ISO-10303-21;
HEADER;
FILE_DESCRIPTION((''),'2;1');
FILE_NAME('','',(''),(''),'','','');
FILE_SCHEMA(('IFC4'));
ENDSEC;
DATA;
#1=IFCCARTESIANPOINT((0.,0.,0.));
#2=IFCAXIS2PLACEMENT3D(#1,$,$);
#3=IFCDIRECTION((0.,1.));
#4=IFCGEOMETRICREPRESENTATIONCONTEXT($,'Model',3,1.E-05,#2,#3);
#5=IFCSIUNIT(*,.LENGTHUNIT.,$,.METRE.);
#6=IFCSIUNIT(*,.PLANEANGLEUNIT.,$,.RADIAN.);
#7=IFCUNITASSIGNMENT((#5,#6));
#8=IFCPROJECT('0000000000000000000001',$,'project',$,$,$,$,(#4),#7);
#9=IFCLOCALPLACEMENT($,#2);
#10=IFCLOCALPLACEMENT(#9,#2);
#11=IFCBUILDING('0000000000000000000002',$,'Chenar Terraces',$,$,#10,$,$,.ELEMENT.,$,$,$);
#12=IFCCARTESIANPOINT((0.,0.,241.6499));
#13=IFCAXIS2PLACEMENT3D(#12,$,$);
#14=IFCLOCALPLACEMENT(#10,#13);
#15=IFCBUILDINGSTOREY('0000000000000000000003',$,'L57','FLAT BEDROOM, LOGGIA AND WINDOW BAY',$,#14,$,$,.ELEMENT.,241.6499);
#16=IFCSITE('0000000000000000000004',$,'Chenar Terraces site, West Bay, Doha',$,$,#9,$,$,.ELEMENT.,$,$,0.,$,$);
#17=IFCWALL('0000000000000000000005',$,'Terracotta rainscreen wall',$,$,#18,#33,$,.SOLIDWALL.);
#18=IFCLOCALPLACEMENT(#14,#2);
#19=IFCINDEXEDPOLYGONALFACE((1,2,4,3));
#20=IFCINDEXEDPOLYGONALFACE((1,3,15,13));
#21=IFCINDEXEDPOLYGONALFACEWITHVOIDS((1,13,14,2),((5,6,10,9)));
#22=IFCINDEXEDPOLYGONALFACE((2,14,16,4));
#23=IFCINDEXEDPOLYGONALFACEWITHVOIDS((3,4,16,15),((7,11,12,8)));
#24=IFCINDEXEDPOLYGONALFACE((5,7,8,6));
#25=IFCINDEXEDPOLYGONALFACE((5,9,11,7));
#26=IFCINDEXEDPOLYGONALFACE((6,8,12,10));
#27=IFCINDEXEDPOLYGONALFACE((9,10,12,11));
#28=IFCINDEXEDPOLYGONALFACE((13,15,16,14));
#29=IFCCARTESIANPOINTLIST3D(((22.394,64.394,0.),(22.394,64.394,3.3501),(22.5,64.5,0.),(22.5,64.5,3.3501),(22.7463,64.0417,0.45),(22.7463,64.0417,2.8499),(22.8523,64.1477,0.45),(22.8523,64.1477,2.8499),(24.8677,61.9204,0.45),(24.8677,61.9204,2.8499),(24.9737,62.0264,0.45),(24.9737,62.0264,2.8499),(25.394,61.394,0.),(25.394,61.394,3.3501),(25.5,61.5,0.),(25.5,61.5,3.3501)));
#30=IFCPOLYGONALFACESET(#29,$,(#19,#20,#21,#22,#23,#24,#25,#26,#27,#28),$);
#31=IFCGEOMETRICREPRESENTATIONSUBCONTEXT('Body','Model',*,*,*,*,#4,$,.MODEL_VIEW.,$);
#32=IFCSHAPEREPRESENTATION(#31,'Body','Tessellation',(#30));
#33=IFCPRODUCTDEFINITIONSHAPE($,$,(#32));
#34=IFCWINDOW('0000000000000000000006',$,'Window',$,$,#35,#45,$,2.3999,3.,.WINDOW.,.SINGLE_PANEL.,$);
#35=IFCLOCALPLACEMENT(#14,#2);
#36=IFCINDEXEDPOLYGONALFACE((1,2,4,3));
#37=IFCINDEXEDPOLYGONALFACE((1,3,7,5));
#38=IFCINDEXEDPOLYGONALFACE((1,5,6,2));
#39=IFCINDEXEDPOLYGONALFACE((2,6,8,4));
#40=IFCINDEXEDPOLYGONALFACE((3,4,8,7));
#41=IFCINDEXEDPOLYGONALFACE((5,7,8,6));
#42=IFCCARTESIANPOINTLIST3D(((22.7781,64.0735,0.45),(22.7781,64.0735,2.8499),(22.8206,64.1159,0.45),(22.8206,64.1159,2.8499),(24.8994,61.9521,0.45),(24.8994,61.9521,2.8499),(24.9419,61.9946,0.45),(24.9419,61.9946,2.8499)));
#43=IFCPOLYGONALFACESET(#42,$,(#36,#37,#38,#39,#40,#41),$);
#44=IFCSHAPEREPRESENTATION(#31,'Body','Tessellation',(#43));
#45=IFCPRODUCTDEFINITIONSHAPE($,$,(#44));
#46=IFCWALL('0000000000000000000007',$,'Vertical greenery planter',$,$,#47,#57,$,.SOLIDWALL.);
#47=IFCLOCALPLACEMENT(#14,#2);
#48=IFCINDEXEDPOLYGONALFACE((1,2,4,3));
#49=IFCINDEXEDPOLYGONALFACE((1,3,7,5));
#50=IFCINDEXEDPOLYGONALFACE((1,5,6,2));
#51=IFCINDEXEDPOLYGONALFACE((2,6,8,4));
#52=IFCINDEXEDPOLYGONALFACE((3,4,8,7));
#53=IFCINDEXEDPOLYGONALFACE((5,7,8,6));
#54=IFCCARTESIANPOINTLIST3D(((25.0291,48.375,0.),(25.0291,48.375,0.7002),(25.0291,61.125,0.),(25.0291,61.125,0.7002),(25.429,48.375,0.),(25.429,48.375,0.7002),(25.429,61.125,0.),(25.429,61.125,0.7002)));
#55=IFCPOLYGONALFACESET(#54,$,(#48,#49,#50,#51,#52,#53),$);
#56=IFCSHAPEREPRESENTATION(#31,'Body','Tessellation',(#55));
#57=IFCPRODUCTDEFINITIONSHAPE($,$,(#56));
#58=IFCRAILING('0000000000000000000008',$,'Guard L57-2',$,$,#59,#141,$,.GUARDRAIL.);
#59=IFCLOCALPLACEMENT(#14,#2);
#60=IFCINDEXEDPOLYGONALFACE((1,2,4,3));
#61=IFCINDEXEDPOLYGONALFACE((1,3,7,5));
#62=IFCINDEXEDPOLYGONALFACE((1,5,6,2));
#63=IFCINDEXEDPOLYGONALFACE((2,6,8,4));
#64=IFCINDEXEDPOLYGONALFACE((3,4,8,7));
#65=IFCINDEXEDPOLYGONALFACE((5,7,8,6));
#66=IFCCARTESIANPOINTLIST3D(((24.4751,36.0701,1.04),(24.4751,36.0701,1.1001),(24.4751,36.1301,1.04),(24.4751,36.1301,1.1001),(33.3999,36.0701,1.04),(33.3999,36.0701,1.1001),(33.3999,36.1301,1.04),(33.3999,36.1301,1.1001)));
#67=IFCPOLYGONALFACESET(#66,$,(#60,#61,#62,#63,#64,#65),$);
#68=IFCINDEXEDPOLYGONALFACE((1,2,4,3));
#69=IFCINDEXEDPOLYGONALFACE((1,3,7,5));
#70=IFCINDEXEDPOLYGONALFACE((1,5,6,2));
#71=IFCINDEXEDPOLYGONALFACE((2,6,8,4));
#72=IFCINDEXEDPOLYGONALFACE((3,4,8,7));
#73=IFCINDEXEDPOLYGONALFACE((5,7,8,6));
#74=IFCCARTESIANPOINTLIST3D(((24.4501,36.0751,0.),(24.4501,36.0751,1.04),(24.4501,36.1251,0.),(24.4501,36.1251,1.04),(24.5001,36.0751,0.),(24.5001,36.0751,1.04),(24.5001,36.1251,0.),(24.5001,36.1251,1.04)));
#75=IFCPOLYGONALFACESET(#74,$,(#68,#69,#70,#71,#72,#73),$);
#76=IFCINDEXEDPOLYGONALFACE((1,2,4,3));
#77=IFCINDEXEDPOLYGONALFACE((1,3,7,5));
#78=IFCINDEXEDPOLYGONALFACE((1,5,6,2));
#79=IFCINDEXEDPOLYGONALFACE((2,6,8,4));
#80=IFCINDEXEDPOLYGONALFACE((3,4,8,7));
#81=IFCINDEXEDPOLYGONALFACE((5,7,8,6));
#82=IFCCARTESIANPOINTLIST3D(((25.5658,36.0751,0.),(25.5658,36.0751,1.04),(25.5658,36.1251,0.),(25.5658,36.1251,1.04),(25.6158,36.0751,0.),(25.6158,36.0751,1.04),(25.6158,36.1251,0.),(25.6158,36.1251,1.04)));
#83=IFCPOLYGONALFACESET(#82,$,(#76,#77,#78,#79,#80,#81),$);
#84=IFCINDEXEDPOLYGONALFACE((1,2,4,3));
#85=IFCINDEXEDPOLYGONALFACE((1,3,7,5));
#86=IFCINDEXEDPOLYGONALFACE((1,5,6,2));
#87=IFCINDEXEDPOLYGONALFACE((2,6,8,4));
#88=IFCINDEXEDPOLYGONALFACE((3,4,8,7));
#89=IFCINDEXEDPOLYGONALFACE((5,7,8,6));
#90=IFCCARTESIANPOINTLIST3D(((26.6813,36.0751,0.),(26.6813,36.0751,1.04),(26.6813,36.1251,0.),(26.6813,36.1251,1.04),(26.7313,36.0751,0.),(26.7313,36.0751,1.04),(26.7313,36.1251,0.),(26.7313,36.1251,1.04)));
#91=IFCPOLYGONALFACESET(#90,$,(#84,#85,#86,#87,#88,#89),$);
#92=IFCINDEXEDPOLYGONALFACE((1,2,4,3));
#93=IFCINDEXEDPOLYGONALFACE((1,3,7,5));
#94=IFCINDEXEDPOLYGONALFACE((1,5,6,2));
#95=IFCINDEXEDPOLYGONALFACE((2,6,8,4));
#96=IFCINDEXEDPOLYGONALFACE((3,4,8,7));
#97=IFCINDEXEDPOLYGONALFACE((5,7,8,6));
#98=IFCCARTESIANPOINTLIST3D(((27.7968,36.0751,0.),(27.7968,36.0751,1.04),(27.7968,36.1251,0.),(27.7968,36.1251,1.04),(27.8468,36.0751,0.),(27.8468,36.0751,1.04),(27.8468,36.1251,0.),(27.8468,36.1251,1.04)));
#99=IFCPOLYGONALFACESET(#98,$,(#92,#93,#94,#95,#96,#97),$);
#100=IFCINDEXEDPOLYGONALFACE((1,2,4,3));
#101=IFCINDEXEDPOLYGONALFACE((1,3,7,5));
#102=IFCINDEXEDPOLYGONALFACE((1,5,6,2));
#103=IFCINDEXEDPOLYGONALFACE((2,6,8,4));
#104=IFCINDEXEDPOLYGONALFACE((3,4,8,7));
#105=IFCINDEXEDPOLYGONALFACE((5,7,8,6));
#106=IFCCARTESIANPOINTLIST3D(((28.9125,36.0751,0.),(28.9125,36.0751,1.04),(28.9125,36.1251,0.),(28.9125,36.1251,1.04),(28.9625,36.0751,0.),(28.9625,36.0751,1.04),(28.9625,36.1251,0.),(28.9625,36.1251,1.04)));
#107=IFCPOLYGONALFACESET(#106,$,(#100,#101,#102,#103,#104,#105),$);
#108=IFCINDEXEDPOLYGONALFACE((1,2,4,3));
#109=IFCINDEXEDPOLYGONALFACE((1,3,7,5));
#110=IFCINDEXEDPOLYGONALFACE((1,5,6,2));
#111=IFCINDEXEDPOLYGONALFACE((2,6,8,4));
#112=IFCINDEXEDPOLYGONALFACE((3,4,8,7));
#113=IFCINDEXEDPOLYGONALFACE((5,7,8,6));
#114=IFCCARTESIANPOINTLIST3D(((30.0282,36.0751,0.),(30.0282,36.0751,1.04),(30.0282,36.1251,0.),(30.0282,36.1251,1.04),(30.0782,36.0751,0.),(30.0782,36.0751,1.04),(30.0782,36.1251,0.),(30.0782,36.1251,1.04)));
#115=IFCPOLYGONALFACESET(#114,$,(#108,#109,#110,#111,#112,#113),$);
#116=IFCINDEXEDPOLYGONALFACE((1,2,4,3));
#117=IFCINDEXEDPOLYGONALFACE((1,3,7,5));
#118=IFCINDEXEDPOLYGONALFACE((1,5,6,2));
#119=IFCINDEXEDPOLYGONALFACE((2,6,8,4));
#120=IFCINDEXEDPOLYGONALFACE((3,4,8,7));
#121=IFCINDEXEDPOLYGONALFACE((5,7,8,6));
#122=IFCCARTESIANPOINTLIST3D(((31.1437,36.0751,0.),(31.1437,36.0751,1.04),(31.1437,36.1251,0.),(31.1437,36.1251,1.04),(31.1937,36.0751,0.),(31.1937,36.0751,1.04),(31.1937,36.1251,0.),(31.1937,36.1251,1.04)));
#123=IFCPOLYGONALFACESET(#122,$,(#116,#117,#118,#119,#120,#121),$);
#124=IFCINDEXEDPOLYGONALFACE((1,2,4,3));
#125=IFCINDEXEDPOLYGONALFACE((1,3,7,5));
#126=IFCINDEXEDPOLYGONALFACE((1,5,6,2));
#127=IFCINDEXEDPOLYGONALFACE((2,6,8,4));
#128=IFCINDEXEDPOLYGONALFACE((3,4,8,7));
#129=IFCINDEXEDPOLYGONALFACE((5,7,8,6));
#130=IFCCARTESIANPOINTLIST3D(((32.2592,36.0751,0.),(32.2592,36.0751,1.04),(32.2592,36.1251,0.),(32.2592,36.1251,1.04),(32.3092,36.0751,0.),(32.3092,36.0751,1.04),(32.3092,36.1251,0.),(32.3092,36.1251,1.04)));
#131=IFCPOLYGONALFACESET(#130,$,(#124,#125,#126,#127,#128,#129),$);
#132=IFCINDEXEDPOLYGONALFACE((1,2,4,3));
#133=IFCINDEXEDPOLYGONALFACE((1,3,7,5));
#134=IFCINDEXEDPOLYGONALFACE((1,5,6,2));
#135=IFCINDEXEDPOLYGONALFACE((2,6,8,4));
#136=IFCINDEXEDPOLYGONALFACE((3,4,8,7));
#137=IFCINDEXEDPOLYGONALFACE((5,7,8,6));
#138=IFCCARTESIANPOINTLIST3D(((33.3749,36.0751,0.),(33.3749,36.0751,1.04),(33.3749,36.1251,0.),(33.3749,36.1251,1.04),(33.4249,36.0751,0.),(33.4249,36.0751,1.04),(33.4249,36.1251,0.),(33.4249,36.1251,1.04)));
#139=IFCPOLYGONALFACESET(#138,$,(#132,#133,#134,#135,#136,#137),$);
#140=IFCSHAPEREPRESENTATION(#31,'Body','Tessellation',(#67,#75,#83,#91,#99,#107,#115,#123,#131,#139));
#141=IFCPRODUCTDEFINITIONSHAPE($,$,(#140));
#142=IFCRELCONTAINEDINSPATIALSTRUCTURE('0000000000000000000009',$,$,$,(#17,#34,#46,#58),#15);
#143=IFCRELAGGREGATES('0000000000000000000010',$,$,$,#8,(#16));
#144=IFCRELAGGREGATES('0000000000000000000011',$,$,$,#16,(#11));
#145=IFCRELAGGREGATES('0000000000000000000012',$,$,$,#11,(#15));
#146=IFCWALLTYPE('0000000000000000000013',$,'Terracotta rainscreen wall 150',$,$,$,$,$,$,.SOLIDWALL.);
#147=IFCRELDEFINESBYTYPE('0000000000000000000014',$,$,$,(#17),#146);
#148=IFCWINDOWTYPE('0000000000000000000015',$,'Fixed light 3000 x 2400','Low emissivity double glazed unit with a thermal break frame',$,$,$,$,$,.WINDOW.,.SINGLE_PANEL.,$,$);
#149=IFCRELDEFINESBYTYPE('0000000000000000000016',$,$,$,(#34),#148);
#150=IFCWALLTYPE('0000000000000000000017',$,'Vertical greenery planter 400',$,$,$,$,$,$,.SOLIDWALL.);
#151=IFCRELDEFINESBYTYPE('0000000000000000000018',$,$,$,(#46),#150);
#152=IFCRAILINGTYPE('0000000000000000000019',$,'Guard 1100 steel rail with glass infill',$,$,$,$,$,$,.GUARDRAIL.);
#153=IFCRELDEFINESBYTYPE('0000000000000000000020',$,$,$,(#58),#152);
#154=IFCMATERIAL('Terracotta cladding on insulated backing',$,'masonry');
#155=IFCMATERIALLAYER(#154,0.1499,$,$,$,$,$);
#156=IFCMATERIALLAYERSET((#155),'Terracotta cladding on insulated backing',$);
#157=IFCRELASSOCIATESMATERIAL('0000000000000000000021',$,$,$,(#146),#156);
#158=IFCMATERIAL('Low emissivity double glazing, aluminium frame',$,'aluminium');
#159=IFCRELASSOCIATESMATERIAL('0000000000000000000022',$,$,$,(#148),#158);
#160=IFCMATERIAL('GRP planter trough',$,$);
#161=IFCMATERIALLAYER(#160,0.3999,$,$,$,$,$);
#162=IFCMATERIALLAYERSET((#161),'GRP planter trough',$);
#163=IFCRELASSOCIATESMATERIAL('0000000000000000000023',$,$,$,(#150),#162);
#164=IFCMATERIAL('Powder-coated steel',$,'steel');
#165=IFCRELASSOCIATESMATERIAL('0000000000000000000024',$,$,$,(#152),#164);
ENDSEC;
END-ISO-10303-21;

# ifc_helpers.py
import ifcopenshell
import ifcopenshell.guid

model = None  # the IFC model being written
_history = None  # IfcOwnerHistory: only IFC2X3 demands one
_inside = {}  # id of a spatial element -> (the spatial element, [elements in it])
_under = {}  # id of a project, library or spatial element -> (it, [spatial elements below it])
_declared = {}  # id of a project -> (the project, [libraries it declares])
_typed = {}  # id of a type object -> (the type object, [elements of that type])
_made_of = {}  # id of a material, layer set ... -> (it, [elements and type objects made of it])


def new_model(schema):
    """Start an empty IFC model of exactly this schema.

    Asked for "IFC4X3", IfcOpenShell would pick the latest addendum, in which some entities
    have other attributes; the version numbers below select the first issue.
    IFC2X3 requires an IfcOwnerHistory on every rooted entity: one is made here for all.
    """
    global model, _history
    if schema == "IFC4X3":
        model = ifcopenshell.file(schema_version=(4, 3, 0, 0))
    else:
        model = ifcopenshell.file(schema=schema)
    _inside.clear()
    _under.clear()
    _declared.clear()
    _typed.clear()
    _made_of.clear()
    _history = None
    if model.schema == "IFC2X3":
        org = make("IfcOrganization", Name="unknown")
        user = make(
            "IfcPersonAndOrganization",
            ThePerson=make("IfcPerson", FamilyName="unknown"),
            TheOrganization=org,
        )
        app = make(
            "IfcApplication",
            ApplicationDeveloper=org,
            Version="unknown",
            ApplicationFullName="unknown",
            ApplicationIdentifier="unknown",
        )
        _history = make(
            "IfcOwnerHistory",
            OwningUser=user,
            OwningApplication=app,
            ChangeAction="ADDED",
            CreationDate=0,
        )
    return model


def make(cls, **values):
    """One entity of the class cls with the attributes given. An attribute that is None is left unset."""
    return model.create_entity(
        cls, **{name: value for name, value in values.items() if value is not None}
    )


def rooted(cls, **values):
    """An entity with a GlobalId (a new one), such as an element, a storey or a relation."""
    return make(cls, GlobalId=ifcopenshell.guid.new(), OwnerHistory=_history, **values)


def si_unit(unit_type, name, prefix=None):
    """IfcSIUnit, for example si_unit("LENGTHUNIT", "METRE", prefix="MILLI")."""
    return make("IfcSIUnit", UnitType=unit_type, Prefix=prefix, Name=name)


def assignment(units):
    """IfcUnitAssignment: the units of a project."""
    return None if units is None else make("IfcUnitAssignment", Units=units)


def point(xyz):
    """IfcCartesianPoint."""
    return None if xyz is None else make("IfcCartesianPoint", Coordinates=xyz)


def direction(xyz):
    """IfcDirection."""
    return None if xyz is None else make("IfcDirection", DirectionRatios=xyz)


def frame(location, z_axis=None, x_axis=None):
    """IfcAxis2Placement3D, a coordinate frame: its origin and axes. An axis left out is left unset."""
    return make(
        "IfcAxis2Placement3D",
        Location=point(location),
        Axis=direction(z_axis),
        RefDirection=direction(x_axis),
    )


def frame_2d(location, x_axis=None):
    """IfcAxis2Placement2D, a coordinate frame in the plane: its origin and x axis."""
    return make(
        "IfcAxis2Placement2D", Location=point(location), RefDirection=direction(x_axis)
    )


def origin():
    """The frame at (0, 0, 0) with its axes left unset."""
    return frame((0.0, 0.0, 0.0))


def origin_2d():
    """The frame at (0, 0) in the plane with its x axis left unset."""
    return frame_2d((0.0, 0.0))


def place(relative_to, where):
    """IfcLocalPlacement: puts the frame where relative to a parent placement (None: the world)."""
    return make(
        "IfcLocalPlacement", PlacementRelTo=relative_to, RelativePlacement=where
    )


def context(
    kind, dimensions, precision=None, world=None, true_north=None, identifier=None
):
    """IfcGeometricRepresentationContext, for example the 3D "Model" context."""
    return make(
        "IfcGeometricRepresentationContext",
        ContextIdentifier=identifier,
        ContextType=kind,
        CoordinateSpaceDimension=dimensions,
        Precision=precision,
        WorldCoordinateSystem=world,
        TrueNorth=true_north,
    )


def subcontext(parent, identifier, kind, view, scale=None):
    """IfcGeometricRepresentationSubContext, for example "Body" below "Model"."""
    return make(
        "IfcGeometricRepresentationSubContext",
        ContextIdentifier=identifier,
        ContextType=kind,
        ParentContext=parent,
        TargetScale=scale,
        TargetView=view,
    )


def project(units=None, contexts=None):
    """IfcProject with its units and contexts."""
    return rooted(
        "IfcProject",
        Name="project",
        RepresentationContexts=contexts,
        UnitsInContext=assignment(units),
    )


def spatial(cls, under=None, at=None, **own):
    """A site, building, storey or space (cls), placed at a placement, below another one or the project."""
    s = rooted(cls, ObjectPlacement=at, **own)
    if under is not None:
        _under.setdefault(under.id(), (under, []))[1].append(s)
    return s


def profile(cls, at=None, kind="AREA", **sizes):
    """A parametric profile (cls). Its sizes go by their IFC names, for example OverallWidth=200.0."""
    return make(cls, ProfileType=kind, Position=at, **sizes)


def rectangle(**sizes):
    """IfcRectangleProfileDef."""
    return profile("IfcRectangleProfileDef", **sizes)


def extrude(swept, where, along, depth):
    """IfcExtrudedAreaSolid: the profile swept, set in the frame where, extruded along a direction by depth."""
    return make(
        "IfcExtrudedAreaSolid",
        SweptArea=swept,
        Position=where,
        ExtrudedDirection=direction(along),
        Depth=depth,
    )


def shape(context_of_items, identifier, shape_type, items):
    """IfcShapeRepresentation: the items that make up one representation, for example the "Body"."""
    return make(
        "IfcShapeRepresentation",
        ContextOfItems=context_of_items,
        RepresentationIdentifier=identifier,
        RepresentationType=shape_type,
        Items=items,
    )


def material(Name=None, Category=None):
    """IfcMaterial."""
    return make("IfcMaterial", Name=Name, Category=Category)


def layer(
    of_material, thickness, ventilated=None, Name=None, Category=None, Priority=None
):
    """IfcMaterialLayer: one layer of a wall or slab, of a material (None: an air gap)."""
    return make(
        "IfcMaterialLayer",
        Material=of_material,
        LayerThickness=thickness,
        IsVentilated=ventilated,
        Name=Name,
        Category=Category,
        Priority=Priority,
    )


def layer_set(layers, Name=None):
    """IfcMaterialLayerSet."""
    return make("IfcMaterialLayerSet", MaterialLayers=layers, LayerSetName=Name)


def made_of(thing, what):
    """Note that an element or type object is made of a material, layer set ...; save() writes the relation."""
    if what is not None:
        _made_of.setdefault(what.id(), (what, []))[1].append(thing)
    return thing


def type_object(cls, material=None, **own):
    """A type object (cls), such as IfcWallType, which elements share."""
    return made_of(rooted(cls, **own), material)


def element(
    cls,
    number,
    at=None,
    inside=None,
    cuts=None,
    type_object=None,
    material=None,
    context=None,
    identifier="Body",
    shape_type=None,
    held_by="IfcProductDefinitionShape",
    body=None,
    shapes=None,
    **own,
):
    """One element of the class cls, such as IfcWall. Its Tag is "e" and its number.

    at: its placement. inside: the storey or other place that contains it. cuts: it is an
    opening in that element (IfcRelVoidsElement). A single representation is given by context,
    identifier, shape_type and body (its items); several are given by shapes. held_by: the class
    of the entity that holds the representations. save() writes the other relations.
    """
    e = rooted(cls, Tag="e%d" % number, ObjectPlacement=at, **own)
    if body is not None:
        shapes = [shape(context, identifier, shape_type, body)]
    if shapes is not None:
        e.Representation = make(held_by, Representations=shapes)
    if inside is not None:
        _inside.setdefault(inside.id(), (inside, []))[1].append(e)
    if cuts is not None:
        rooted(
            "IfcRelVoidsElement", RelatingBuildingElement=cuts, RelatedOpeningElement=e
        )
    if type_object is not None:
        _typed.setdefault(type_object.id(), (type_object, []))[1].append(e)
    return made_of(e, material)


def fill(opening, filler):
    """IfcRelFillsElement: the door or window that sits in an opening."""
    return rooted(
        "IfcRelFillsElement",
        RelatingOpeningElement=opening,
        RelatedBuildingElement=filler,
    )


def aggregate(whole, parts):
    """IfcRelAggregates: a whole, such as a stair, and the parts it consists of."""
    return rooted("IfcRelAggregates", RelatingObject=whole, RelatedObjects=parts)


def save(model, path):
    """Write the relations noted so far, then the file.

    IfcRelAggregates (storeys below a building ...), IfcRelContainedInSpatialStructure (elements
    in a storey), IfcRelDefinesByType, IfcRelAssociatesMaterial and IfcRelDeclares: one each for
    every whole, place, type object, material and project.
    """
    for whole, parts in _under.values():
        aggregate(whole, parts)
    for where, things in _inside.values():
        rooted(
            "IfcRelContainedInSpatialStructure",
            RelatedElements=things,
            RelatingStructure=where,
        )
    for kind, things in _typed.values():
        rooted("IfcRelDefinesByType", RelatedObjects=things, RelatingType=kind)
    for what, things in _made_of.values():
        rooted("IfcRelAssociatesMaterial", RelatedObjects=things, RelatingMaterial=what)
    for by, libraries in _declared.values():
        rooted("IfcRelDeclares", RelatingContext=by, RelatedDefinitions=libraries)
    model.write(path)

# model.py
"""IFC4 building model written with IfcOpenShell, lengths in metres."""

from ifc_helpers import new_model, si_unit, direction, frame, frame_2d, origin, origin_2d, place, context, subcontext, project, spatial, rectangle, extrude, material, layer, layer_set, type_object, element, fill, save


model = new_model("IFC4")

# Units and contexts
model_context = context("Model", 3, precision=1e-05, world=origin(), true_north=direction((0.0, 1.0)))
body_context = subcontext(model_context, "Body", "Model", "MODEL_VIEW")
ifc_project = project(units=[si_unit("LENGTHUNIT", "METRE"), si_unit("PLANEANGLEUNIT", "RADIAN")], contexts=[model_context])

# Site, building, storey
site_placement = place(None, origin())
site = spatial("IfcSite", under=ifc_project, at=site_placement, Name="Chenar Terraces site, West Bay, Doha", CompositionType="ELEMENT", RefElevation=0.0)
building_placement = place(site_placement, origin())
building = spatial("IfcBuilding", under=site, at=building_placement, Name="Chenar Terraces", CompositionType="ELEMENT")
storey_placement = place(building_placement, frame((0.0, 0.0, 241.6499)))
storey = spatial("IfcBuildingStorey", under=building, at=storey_placement, Name="L57", Description="FLAT BEDROOM, LOGGIA AND WINDOW BAY", CompositionType="ELEMENT", Elevation=241.6499)

# Wall, opening, window
ifc_material_1 = material(Name="Terracotta cladding on insulated backing", Category="masonry")
ifc_layer_1 = layer(ifc_material_1, 0.1499)
ifc_layer_set_1 = layer_set([ifc_layer_1], Name="Terracotta cladding on insulated backing")
wall_type_1 = type_object("IfcWallType", Name="Terracotta rainscreen wall 150", PredefinedType="SOLIDWALL", material=ifc_layer_set_1)
ifc_material_2 = material(Name="Low emissivity double glazing, aluminium frame", Category="aluminium")
window_type_1 = type_object("IfcWindowType", Name="Fixed light 3000 x 2400", Description="Low emissivity double glazed unit with a thermal break frame", PartitioningType="SINGLE_PANEL", PredefinedType="WINDOW", material=ifc_material_2)
wall_1_placement = place(storey_placement, frame((25.447, 61.447, 0.0), z_axis=(0.0, 0.0, 1.0), x_axis=(-0.707107, 0.707107, 0.0)))
wall_1 = element("IfcWall", 1, at=wall_1_placement, inside=storey, type_object=wall_type_1, Name="Terracotta rainscreen wall", PredefinedType="SOLIDWALL", context=body_context, shape_type="SweptSolid", body=[
    extrude(rectangle(XDim=4.2427, YDim=0.1499, at=frame_2d((2.1213, 0.0))), origin(), (0.0, 0.0, 1.0), 3.3501),
])
opening_1_placement = place(wall_1_placement, frame((0.7444, 0.0, 0.45)))
opening_1 = element("IfcOpeningElement", 2, at=opening_1_placement, cuts=wall_1, PredefinedType="OPENING", context=body_context, shape_type="SweptSolid", body=[
    extrude(rectangle(XDim=3.0, YDim=2.3999, at=frame_2d((1.5, 1.2))), frame((0.0, 0.085, 0.0), z_axis=(0.0, -1.0, 0.0), x_axis=(1.0, 0.0, 0.0)), (0.0, 0.0, 1.0), 0.1699),
])
window_1_placement = place(opening_1_placement, origin())
window_1 = element("IfcWindow", 3, at=window_1_placement, inside=storey, type_object=window_type_1, Name="Window", OverallHeight=2.3999, OverallWidth=3.0, PartitioningType="SINGLE_PANEL", PredefinedType="WINDOW", context=body_context, shape_type="SweptSolid", body=[
    extrude(rectangle(XDim=3.0, YDim=2.3999, at=frame_2d((1.5, 1.2))), frame((0.0, 0.03, 0.0), z_axis=(0.0, -1.0, 0.0), x_axis=(1.0, 0.0, 0.0)), (0.0, 0.0, 1.0), 0.0601),
])
fill(opening_1, window_1)

# Wall
ifc_material_3 = material(Name="GRP planter trough")
ifc_layer_2 = layer(ifc_material_3, 0.3999)
ifc_layer_set_2 = layer_set([ifc_layer_2], Name="GRP planter trough")
wall_type_2 = type_object("IfcWallType", Name="Vertical greenery planter 400", PredefinedType="SOLIDWALL", material=ifc_layer_set_2)
wall_2_placement = place(storey_placement, frame((25.229, 48.375, 0.0), z_axis=(0.0, 0.0, 1.0), x_axis=(0.0, 1.0, 0.0)))
element("IfcWall", 4, at=wall_2_placement, inside=storey, type_object=wall_type_2, Name="Vertical greenery planter", PredefinedType="SOLIDWALL", context=body_context, shape_type="SweptSolid", body=[
    extrude(rectangle(XDim=12.75, YDim=0.3999, at=frame_2d((6.375, 0.0))), origin(), (0.0, 0.0, 1.0), 0.7002),
])

# Railing
ifc_material_4 = material(Name="Powder-coated steel", Category="steel")
railing_type_1 = type_object("IfcRailingType", Name="Guard 1100 steel rail with glass infill", PredefinedType="GUARDRAIL", material=ifc_material_4)
railing_1_placement = place(storey_placement, frame((24.4751, 36.1001, 0.0)))
element("IfcRailing", 5, at=railing_1_placement, inside=storey, type_object=railing_type_1, Name="Guard L57-2", PredefinedType="GUARDRAIL", context=body_context, shape_type="SweptSolid", body=[
    extrude(rectangle(XDim=0.0601, YDim=0.0601, at=origin_2d()), frame((0.0, 0.0, 1.0701), z_axis=(1.0, 0.0, 0.0), x_axis=(0.0, 1.0, 0.0)), (0.0, 0.0, 1.0), 8.9248),
    extrude(rectangle(XDim=0.05, YDim=0.05, at=origin_2d()), origin(), (0.0, 0.0, 1.0), 1.04),
    extrude(rectangle(XDim=0.05, YDim=0.05, at=origin_2d()), frame((1.1157, 0.0, 0.0)), (0.0, 0.0, 1.0), 1.04),
    extrude(rectangle(XDim=0.05, YDim=0.05, at=origin_2d()), frame((2.2312, 0.0, 0.0)), (0.0, 0.0, 1.0), 1.04),
    extrude(rectangle(XDim=0.05, YDim=0.05, at=origin_2d()), frame((3.3467, 0.0, 0.0)), (0.0, 0.0, 1.0), 1.04),
    extrude(rectangle(XDim=0.05, YDim=0.05, at=origin_2d()), frame((4.4624, 0.0, 0.0)), (0.0, 0.0, 1.0), 1.04),
    extrude(rectangle(XDim=0.05, YDim=0.05, at=origin_2d()), frame((5.5781, 0.0, 0.0)), (0.0, 0.0, 1.0), 1.04),
    extrude(rectangle(XDim=0.05, YDim=0.05, at=origin_2d()), frame((6.6936, 0.0, 0.0)), (0.0, 0.0, 1.0), 1.04),
    extrude(rectangle(XDim=0.05, YDim=0.05, at=origin_2d()), frame((7.8091, 0.0, 0.0)), (0.0, 0.0, 1.0), 1.04),
    extrude(rectangle(XDim=0.05, YDim=0.05, at=origin_2d()), frame((8.9248, 0.0, 0.0)), (0.0, 0.0, 1.0), 1.04),
])

save(model, "model.ifc")
